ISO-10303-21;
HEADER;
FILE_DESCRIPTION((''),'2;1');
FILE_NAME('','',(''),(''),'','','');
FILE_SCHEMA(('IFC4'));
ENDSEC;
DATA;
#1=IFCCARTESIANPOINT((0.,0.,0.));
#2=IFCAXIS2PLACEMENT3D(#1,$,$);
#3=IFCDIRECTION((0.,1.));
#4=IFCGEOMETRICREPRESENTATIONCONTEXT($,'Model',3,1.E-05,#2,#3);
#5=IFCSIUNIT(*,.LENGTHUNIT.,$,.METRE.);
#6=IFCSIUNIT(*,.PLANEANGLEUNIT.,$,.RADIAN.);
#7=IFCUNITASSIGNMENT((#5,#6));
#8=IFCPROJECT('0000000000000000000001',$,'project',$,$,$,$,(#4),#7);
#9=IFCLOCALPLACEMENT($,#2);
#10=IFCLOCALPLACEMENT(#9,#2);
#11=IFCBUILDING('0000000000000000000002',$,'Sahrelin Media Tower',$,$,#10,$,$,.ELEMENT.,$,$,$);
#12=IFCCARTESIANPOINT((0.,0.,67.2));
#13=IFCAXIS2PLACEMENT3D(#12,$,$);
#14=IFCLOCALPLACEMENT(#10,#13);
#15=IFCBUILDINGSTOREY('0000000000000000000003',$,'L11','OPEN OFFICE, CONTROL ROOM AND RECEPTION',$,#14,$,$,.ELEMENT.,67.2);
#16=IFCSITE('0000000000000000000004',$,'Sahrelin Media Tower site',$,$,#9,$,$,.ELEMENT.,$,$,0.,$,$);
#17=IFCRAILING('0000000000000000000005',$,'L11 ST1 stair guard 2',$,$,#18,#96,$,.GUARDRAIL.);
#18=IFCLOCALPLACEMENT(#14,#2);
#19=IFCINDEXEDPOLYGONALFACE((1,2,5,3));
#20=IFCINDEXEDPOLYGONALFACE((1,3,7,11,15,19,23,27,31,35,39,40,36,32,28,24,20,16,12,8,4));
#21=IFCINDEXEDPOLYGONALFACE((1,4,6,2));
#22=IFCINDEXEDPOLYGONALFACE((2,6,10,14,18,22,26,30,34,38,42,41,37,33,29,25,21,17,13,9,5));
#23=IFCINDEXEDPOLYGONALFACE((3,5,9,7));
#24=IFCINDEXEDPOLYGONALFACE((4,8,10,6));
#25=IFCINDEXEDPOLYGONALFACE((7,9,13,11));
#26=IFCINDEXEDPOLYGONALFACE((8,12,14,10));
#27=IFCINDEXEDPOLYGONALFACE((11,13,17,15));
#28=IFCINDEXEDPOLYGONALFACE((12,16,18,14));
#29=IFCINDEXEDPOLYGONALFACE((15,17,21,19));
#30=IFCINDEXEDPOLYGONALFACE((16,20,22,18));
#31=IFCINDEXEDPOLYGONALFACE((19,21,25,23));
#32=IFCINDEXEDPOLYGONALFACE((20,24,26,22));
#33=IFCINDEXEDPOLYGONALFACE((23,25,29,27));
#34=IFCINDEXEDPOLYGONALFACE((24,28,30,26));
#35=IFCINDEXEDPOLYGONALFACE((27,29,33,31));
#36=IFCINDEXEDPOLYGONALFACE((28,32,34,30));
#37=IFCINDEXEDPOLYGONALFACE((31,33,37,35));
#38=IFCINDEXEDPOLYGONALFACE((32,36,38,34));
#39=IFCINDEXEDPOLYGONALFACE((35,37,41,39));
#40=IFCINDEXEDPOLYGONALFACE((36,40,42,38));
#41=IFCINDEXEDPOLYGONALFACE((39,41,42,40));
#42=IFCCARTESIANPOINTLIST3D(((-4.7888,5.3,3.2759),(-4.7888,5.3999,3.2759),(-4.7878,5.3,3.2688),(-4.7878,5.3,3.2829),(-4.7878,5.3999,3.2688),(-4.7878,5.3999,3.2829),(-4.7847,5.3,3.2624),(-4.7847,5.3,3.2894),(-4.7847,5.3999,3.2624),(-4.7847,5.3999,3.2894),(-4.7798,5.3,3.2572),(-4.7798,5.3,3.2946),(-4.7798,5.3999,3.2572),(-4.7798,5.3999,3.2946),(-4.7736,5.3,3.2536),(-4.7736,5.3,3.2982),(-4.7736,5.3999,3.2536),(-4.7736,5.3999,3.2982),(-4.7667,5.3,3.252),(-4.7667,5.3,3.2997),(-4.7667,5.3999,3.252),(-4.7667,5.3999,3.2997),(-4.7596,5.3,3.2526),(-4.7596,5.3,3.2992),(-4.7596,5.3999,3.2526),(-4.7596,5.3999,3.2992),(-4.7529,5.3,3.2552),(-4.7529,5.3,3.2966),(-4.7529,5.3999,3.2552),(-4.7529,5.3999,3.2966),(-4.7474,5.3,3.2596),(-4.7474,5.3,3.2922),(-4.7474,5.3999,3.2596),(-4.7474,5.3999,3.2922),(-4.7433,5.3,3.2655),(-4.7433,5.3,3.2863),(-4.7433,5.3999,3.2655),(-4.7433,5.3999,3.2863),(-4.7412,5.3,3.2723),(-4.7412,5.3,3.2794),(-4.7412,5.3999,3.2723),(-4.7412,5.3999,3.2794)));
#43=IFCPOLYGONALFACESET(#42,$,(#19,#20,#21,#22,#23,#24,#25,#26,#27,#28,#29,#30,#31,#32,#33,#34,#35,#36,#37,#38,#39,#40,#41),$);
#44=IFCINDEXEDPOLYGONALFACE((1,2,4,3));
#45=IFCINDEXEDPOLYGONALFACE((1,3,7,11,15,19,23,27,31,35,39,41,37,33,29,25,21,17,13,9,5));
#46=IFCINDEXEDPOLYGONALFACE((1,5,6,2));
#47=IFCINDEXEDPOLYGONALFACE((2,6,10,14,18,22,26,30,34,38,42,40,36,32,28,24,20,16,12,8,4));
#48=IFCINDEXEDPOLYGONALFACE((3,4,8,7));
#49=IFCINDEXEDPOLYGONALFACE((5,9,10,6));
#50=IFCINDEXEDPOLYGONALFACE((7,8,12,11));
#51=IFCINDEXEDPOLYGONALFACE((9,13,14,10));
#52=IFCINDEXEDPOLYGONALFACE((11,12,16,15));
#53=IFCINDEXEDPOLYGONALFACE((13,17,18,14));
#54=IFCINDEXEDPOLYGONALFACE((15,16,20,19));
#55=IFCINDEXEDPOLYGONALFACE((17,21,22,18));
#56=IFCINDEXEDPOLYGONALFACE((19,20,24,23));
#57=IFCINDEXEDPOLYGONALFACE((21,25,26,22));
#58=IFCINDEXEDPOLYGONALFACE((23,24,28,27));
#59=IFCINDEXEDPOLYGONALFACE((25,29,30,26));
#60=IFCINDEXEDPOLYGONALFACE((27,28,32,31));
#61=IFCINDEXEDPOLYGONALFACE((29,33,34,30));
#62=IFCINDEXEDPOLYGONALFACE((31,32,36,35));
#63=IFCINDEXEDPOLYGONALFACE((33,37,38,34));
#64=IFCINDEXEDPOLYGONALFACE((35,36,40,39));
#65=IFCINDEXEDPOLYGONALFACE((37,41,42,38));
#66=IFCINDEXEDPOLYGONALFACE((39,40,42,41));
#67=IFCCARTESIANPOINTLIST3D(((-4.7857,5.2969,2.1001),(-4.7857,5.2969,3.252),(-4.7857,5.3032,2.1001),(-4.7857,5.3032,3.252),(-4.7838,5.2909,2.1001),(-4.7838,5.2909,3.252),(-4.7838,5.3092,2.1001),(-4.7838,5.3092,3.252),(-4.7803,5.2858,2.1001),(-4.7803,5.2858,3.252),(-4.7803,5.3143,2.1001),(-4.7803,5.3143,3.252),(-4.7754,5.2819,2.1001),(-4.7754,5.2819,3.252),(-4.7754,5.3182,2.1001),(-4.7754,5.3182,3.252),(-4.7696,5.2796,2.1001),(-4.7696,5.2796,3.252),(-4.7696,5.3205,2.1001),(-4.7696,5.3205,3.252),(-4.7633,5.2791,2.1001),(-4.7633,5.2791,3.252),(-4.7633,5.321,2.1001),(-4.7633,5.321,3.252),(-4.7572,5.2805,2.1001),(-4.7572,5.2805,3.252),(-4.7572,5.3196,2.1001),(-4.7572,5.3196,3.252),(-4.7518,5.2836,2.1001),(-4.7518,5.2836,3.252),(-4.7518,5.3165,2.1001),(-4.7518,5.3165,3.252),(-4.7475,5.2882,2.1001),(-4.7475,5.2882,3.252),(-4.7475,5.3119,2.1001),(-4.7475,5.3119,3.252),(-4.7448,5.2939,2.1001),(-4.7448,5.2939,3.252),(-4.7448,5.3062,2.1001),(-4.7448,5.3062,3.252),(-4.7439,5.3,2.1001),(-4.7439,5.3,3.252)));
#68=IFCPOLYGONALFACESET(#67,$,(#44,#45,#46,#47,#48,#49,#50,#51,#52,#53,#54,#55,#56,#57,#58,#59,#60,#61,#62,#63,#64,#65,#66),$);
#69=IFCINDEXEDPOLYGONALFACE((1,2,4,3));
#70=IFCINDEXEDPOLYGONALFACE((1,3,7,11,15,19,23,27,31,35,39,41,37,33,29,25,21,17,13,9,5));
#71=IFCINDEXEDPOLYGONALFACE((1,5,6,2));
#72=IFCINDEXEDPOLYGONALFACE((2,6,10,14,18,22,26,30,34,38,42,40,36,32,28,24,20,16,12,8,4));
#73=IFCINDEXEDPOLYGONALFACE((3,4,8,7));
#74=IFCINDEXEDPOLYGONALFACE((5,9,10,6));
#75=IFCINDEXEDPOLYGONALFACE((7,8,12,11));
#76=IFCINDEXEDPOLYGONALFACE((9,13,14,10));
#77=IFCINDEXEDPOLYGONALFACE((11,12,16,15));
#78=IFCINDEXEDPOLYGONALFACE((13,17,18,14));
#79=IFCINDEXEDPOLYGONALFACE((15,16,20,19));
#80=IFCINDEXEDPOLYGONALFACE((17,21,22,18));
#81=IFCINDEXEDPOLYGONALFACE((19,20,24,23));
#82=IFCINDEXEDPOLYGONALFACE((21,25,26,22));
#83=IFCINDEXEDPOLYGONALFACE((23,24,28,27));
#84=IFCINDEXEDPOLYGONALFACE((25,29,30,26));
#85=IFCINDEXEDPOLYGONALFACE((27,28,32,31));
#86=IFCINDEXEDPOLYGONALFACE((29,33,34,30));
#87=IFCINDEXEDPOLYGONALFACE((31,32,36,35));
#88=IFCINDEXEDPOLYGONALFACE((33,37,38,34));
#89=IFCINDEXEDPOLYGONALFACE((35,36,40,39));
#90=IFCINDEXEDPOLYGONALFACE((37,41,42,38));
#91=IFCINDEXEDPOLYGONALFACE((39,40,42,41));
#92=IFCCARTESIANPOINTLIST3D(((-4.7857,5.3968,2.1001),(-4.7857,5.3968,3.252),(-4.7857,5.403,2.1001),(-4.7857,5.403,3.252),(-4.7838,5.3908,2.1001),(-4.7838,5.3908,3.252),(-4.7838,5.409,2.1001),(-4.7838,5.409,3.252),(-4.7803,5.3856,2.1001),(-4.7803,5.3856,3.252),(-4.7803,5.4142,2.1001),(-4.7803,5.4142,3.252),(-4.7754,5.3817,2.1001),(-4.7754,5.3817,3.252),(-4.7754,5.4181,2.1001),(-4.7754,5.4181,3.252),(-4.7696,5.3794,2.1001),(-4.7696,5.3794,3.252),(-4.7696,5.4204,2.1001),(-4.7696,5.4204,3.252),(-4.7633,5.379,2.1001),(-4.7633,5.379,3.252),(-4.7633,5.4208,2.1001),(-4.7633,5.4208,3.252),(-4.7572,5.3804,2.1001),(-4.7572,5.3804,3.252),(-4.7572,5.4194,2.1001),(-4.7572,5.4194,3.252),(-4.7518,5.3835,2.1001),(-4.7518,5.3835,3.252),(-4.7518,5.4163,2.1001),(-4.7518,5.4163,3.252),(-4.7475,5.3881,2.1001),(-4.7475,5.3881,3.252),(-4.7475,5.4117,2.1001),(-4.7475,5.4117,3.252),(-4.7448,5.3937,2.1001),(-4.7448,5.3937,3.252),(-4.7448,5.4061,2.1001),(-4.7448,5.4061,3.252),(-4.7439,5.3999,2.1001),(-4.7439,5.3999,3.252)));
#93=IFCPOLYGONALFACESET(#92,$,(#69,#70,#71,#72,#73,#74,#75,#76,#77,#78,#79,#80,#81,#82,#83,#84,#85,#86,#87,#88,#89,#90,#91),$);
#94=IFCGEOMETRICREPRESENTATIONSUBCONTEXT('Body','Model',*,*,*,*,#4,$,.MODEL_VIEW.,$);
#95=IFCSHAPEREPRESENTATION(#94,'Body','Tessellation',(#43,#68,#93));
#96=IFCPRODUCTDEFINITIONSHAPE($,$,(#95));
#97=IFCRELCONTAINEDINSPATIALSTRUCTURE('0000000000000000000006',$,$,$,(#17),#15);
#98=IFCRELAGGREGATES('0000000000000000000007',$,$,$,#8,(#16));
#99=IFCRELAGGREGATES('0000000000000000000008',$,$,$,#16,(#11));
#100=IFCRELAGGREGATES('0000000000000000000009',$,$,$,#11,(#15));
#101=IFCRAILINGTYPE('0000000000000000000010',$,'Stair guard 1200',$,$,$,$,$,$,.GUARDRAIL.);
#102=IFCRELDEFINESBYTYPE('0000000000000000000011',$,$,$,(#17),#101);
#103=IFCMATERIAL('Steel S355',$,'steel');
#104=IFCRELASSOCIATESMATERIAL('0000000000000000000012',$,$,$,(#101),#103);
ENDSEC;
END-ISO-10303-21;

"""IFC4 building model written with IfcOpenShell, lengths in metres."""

from ifc_helpers import new_model, si_unit, direction, frame, origin, origin_2d, place, context, subcontext, project, spatial, circle, extrude, material, type_object, element, save


model = new_model("IFC4")

# Units and contexts
model_context = context("Model", 3, precision=1e-05, world=origin(), true_north=direction((0.0, 1.0)))
body_context = subcontext(model_context, "Body", "Model", "MODEL_VIEW")
ifc_project = project(units=[si_unit("LENGTHUNIT", "METRE"), si_unit("PLANEANGLEUNIT", "RADIAN")], contexts=[model_context])

# Site, building, storey
site_placement = place(None, origin())
site = spatial("IfcSite", under=ifc_project, at=site_placement, Name="Sahrelin Media Tower site", CompositionType="ELEMENT", RefElevation=0.0)
building_placement = place(site_placement, origin())
building = spatial("IfcBuilding", under=site, at=building_placement, Name="Sahrelin Media Tower", CompositionType="ELEMENT")
storey_placement = place(building_placement, frame((0.0, 0.0, 67.2)))
storey = spatial("IfcBuildingStorey", under=building, at=storey_placement, Name="L11", Description="OPEN OFFICE, CONTROL ROOM AND RECEPTION", CompositionType="ELEMENT", Elevation=67.2)

# Shared definitions
ifc_material_1 = material(Name="Steel S355", Category="steel")

# Railing
railing_type_1 = type_object("IfcRailingType", Name="Stair guard 1200", PredefinedType="GUARDRAIL", material=ifc_material_1)
railing_1_placement = place(storey_placement, frame((-4.7649, 5.3, 2.1001)))
element("IfcRailing", 1, at=railing_1_placement, inside=storey, type_object=railing_type_1, Name="L11 ST1 stair guard 2", PredefinedType="GUARDRAIL", context=body_context, shape_type="SweptSolid", body=[
    extrude(circle(Radius=0.0239, at=origin_2d()), frame((0.0, 0.0, 1.1758), z_axis=(0.0, 1.0, 0.0), x_axis=(-1.0, 0.0, 0.0)), (0.0, 0.0, 1.0), 0.0999),
    extrude(circle(Radius=0.021, at=origin_2d()), origin(), (0.0, 0.0, 1.0), 1.1519),
    extrude(circle(Radius=0.021, at=origin_2d()), frame((0.0, 0.0999, 0.0)), (0.0, 0.0, 1.0), 1.1519),
])

save(model, "model.ifc")
